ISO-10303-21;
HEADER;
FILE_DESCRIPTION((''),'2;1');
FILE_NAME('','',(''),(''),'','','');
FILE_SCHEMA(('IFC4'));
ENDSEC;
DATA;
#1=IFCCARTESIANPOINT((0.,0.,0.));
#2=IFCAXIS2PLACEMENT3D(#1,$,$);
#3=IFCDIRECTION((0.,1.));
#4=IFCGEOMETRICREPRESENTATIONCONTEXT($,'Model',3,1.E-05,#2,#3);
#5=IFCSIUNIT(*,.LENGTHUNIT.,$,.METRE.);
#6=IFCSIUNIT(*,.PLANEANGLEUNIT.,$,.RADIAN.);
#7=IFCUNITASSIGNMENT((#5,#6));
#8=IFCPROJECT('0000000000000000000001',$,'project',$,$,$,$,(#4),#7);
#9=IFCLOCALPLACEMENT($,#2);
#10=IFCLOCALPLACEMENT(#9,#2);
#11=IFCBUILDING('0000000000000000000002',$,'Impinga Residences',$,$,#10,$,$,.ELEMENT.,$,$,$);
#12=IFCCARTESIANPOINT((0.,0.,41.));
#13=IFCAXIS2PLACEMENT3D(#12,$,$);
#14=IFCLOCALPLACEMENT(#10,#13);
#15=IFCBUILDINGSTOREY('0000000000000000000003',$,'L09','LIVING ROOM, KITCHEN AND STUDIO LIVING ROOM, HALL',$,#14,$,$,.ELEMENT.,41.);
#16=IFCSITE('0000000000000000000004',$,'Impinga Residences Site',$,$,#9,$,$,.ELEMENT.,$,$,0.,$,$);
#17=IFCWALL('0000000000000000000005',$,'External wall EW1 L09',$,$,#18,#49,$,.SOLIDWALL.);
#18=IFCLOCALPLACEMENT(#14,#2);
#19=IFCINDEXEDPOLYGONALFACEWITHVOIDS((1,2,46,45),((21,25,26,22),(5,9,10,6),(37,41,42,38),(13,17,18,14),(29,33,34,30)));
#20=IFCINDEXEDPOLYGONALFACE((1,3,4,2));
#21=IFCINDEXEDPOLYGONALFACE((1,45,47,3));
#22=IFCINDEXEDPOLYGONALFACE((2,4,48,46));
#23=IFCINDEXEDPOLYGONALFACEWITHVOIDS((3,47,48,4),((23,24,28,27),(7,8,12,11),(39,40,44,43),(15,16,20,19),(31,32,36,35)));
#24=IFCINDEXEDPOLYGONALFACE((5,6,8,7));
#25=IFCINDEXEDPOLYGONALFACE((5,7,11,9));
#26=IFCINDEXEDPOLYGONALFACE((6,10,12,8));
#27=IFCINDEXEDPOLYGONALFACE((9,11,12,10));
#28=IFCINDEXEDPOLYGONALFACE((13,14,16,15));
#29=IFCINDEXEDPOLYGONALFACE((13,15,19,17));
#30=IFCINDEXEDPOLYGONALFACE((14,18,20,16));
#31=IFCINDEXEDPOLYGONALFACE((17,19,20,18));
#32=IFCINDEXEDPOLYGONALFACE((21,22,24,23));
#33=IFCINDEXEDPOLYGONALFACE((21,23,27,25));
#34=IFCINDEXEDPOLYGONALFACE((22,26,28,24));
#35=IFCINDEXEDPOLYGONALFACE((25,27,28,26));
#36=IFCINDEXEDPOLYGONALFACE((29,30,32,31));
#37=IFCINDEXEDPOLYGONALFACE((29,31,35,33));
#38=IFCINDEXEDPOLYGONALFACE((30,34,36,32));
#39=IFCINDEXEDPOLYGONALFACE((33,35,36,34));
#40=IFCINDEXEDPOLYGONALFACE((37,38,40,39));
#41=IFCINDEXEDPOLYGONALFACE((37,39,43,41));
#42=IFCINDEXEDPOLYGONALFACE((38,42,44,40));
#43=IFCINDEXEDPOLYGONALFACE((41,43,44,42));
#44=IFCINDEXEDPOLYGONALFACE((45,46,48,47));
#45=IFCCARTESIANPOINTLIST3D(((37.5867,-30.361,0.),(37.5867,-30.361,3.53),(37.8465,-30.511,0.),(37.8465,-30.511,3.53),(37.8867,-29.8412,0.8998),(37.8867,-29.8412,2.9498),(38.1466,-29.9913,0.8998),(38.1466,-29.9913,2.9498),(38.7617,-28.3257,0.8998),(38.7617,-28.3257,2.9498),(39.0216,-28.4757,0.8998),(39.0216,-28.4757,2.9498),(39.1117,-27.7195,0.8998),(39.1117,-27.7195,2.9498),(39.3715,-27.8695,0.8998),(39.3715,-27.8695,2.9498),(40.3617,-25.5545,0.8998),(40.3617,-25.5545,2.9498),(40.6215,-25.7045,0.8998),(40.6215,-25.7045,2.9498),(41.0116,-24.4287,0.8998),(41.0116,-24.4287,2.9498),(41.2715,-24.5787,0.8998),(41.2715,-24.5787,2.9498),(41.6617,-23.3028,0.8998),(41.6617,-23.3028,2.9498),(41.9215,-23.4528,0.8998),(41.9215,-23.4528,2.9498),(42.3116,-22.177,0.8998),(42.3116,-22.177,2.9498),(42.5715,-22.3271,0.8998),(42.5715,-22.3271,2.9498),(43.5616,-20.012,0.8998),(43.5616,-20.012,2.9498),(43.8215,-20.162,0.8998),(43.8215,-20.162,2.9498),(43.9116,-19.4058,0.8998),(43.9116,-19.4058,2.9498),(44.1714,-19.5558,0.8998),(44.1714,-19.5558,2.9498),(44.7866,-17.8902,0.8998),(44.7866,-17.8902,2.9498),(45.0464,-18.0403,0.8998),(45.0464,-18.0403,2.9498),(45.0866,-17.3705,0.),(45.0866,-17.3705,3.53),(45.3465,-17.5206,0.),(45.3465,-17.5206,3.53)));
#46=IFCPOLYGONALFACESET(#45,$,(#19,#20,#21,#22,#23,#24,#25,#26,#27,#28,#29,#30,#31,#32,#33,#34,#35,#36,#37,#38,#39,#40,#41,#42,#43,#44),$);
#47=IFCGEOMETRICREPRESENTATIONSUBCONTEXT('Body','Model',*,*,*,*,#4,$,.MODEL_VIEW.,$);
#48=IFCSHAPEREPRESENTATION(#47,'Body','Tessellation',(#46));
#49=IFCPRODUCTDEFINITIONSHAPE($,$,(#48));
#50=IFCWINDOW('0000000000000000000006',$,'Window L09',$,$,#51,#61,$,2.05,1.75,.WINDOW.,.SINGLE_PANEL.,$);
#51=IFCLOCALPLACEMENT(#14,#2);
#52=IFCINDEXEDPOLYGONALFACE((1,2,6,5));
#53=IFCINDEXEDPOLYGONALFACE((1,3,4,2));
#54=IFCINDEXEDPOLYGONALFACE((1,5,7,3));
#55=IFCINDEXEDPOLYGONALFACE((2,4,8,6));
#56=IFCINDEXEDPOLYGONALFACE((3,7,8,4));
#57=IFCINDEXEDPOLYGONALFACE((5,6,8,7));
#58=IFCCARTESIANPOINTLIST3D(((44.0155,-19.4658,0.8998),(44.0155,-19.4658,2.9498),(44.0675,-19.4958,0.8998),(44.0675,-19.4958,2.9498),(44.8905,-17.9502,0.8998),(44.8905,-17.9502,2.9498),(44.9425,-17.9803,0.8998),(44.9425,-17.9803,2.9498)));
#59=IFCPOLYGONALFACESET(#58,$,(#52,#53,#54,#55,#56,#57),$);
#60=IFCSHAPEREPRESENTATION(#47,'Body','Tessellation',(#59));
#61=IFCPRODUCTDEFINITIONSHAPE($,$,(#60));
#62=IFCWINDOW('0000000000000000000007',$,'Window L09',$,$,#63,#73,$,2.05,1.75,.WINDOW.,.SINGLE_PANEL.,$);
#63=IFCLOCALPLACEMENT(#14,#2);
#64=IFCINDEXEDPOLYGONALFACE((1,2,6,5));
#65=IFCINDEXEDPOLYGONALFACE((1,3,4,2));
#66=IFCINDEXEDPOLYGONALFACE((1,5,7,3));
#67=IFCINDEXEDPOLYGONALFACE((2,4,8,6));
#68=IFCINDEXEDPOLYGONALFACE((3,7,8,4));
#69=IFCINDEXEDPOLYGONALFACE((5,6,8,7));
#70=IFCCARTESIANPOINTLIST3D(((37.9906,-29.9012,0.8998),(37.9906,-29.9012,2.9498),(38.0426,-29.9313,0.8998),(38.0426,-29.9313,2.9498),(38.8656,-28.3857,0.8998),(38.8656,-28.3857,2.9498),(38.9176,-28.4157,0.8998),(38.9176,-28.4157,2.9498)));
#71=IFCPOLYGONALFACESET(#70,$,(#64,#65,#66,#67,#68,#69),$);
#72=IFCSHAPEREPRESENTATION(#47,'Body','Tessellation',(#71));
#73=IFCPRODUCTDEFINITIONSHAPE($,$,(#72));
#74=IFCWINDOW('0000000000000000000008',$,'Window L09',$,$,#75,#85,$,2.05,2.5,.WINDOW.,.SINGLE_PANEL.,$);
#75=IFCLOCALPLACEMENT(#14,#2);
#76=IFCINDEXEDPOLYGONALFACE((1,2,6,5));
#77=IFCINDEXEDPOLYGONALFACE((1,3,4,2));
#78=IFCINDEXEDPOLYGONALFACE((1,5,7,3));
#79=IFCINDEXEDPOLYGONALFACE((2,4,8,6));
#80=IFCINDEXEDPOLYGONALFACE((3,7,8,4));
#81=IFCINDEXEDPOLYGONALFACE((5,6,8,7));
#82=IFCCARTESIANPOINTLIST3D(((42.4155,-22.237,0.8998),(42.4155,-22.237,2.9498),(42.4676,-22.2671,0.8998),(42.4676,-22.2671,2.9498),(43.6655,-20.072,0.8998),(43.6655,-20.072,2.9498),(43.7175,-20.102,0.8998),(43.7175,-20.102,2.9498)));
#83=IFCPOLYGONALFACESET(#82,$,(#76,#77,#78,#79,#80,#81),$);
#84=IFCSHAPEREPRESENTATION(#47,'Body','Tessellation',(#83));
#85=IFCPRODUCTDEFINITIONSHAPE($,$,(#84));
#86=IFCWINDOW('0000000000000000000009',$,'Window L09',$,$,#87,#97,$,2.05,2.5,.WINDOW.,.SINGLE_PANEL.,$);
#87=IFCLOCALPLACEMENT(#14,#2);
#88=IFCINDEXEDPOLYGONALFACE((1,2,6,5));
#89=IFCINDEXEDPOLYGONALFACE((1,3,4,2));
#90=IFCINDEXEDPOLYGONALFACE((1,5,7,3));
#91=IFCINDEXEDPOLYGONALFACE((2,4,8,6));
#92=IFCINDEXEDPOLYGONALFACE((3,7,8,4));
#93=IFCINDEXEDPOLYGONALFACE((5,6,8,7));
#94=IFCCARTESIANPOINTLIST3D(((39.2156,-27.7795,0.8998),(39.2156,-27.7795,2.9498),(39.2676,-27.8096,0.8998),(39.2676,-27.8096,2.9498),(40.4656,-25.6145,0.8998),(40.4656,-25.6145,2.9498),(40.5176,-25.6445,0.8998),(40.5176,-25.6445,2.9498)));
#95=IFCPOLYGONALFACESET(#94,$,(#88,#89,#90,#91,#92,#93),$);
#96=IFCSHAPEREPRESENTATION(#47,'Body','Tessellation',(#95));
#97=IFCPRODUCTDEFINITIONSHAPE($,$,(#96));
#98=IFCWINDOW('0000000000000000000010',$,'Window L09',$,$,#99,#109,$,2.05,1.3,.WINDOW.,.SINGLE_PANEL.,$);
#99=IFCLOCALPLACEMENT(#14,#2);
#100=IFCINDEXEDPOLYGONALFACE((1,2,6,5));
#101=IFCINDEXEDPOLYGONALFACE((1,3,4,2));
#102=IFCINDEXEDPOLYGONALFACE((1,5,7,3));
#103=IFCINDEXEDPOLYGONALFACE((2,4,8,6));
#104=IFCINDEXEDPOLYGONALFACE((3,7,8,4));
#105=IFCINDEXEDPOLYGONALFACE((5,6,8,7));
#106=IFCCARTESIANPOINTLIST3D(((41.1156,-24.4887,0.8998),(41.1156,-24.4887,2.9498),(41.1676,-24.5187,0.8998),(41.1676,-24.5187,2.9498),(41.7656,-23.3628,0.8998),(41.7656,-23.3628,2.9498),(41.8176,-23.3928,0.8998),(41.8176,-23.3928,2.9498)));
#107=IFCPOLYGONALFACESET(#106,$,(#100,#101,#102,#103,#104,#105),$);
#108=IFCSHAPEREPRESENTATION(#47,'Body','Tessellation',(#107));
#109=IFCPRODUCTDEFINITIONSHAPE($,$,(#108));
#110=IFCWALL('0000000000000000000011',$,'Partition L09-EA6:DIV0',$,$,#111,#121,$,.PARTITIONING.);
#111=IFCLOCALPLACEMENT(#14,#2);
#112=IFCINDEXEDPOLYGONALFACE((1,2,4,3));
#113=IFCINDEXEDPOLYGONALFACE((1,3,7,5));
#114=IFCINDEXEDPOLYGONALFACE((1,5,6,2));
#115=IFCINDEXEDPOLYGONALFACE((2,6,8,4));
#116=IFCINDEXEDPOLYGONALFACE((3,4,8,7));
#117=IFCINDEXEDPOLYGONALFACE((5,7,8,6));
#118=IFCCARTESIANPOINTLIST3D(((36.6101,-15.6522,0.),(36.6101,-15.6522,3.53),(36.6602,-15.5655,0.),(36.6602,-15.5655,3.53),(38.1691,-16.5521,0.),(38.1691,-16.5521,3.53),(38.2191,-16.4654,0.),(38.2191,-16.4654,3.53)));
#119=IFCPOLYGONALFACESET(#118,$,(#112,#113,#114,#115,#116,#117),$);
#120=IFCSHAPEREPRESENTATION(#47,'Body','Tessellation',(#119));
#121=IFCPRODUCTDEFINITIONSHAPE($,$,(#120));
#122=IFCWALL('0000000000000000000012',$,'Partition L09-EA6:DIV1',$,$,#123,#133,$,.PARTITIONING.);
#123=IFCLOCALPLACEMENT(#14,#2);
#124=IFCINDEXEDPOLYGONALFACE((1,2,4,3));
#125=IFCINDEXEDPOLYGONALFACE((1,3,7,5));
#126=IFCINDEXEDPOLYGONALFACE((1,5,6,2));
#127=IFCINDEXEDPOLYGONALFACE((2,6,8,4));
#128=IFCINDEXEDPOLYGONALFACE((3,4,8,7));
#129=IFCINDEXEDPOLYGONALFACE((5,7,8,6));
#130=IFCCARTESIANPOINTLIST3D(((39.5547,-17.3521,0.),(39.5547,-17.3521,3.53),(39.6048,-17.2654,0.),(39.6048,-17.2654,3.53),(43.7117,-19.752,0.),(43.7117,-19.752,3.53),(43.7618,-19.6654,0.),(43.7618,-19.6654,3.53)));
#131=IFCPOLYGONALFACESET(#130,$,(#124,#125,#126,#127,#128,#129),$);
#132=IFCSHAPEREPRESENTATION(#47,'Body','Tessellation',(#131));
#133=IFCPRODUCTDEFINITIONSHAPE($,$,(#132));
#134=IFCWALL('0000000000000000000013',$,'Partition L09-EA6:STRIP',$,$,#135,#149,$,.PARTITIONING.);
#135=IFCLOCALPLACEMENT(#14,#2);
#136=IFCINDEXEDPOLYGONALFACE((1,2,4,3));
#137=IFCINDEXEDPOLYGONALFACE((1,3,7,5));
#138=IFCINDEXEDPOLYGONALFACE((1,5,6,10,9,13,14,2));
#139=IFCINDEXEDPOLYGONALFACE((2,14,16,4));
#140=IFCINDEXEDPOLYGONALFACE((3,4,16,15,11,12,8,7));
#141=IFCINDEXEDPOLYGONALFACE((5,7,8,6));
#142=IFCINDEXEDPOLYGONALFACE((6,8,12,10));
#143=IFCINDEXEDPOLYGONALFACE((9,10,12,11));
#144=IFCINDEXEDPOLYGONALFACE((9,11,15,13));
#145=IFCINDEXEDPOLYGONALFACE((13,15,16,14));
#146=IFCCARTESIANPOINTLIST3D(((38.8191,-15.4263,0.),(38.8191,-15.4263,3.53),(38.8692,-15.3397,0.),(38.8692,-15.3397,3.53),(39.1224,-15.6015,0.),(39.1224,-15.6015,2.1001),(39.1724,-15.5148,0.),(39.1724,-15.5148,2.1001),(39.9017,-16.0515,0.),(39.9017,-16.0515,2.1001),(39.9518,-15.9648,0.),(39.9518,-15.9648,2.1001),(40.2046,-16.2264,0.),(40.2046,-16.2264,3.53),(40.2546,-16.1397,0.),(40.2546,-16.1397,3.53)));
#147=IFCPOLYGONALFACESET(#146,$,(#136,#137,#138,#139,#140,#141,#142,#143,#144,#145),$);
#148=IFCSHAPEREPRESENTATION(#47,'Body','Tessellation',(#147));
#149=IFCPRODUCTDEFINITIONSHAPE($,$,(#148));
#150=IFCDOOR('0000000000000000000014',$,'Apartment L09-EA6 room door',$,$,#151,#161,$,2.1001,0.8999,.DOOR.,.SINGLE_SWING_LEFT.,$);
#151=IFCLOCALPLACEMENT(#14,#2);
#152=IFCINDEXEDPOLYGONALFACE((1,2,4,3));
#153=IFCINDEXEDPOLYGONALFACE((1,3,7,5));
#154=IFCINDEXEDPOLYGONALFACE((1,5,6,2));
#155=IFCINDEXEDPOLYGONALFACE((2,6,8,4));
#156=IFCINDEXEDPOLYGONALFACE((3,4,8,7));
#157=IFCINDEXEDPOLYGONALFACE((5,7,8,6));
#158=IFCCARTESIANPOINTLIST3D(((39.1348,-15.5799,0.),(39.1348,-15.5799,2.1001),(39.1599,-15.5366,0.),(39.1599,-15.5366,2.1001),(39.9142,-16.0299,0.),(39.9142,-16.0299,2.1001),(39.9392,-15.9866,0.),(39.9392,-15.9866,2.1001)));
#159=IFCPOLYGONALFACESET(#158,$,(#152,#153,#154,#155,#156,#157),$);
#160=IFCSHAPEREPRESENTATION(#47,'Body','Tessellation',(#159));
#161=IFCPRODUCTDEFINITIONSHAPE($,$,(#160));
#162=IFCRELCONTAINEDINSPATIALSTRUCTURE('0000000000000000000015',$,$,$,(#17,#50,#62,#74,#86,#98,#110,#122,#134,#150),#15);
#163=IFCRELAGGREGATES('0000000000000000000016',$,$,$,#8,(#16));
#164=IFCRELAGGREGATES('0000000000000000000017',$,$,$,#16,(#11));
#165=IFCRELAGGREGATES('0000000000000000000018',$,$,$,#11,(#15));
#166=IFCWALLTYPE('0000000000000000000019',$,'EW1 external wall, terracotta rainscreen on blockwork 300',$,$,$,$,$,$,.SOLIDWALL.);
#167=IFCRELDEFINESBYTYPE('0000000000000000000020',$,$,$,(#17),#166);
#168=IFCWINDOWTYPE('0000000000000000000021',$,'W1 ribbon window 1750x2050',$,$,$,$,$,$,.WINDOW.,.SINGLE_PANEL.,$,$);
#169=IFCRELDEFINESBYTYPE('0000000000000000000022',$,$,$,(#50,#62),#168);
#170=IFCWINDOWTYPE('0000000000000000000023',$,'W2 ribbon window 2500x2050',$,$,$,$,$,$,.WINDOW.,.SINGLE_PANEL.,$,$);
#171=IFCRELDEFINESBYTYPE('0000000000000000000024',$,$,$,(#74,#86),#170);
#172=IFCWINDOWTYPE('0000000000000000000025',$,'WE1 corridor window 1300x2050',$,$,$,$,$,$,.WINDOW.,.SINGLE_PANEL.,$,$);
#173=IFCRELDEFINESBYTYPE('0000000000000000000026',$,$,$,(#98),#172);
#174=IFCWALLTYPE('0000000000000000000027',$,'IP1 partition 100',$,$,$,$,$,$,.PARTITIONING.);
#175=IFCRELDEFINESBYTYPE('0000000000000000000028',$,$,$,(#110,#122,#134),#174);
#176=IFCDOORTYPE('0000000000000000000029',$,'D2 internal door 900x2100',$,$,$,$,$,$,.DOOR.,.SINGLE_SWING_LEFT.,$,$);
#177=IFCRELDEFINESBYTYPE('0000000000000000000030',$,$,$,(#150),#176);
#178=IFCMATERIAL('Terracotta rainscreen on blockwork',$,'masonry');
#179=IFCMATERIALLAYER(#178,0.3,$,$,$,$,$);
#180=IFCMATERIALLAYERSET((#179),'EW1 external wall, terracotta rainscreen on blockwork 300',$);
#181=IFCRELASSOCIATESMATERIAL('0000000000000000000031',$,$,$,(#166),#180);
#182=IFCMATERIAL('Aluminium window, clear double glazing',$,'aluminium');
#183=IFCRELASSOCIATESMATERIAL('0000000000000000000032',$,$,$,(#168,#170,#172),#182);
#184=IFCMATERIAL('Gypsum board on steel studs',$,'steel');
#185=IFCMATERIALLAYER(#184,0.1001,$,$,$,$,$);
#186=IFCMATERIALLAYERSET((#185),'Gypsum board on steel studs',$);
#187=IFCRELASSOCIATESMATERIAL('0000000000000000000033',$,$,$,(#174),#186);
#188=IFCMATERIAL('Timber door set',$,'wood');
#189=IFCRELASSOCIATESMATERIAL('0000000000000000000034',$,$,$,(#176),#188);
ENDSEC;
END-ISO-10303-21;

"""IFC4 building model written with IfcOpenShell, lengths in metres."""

from ifc_helpers import new_model, si_unit, direction, frame, frame_2d, origin, place, context, subcontext, project, spatial, rectangle, extrude, material, layer, layer_set, type_object, element, fill, save


model = new_model("IFC4")

# Units and contexts
model_context = context("Model", 3, precision=1e-05, world=origin(), true_north=direction((0.0, 1.0)))
body_context = subcontext(model_context, "Body", "Model", "MODEL_VIEW")
ifc_project = project(units=[si_unit("LENGTHUNIT", "METRE"), si_unit("PLANEANGLEUNIT", "RADIAN")], contexts=[model_context])

# Site, building, storey
site_placement = place(None, origin())
site = spatial("IfcSite", under=ifc_project, at=site_placement, Name="Impinga Residences Site", CompositionType="ELEMENT", RefElevation=0.0)
building_placement = place(site_placement, origin())
building = spatial("IfcBuilding", under=site, at=building_placement, Name="Impinga Residences", CompositionType="ELEMENT")
storey_placement = place(building_placement, frame((0.0, 0.0, 41.0)))
storey = spatial("IfcBuildingStorey", under=building, at=storey_placement, Name="L09", Description="LIVING ROOM, KITCHEN AND STUDIO LIVING ROOM, HALL", CompositionType="ELEMENT", Elevation=41.0)

# Shared definitions
ifc_material_1 = material(Name="Terracotta rainscreen on blockwork", Category="masonry")
ifc_layer_1 = layer(ifc_material_1, 0.3)
ifc_layer_set_1 = layer_set([ifc_layer_1], Name="EW1 external wall, terracotta rainscreen on blockwork 300")
wall_type_1 = type_object("IfcWallType", Name="EW1 external wall, terracotta rainscreen on blockwork 300", PredefinedType="SOLIDWALL", material=ifc_layer_set_1)

# Wall, openings, windows
wall_1_placement = place(storey_placement, frame((45.2166, -17.4456, 0.0), z_axis=(0.0, 0.0, 1.0), x_axis=(-0.499997, -0.866027, 0.0)))
wall_1 = element("IfcWall", 1, at=wall_1_placement, inside=storey, type_object=wall_type_1, Name="External wall EW1 L09", PredefinedType="SOLIDWALL", context=body_context, shape_type="SweptSolid", body=[
    extrude(rectangle(XDim=15.0, YDim=0.3, at=frame_2d((7.5, 0.0))), origin(), (0.0, 0.0, 1.0), 3.53),
])
opening_1_placement = place(wall_1_placement, frame((0.6001, 0.0, 0.8999)))
opening_1 = element("IfcOpeningElement", 2, at=opening_1_placement, cuts=wall_1, PredefinedType="OPENING", context=body_context, shape_type="SweptSolid", body=[
    extrude(rectangle(XDim=1.75, YDim=2.05, at=frame_2d((0.875, 1.0249))), frame((0.0, 0.1599, 0.0), z_axis=(0.0, -1.0, 0.0), x_axis=(1.0, 0.0, 0.0)), (0.0, 0.0, 1.0), 0.3201),
])
opening_2_placement = place(wall_1_placement, frame((3.05, 0.0, 0.8999)))
opening_2 = element("IfcOpeningElement", 3, at=opening_2_placement, cuts=wall_1, PredefinedType="OPENING", context=body_context, shape_type="SweptSolid", body=[
    extrude(rectangle(XDim=2.5, YDim=2.05, at=frame_2d((1.25, 1.0249))), frame((0.0, 0.1599, 0.0), z_axis=(0.0, -1.0, 0.0), x_axis=(1.0, 0.0, 0.0)), (0.0, 0.0, 1.0), 0.3201),
])
opening_3_placement = place(wall_1_placement, frame((6.8501, 0.0, 0.8999)))
opening_3 = element("IfcOpeningElement", 4, at=opening_3_placement, cuts=wall_1, PredefinedType="OPENING", context=body_context, shape_type="SweptSolid", body=[
    extrude(rectangle(XDim=1.3, YDim=2.05, at=frame_2d((0.6499, 1.0249))), frame((0.0, 0.1599, 0.0), z_axis=(0.0, -1.0, 0.0), x_axis=(1.0, 0.0, 0.0)), (0.0, 0.0, 1.0), 0.3201),
])
opening_4_placement = place(wall_1_placement, frame((9.45, 0.0, 0.8999)))
opening_4 = element("IfcOpeningElement", 5, at=opening_4_placement, cuts=wall_1, PredefinedType="OPENING", context=body_context, shape_type="SweptSolid", body=[
    extrude(rectangle(XDim=2.5, YDim=2.05, at=frame_2d((1.25, 1.0249))), frame((0.0, 0.1599, 0.0), z_axis=(0.0, -1.0, 0.0), x_axis=(1.0, 0.0, 0.0)), (0.0, 0.0, 1.0), 0.3201),
])
opening_5_placement = place(wall_1_placement, frame((12.6499, 0.0, 0.8999)))
opening_5 = element("IfcOpeningElement", 6, at=opening_5_placement, cuts=wall_1, PredefinedType="OPENING", context=body_context, shape_type="SweptSolid", body=[
    extrude(rectangle(XDim=1.75, YDim=2.05, at=frame_2d((0.875, 1.0249))), frame((0.0, 0.1599, 0.0), z_axis=(0.0, -1.0, 0.0), x_axis=(1.0, 0.0, 0.0)), (0.0, 0.0, 1.0), 0.3201),
])
ifc_material_2 = material(Name="Aluminium window, clear double glazing", Category="aluminium")
window_type_1 = type_object("IfcWindowType", Name="W1 ribbon window 1750x2050", PartitioningType="SINGLE_PANEL", PredefinedType="WINDOW", material=ifc_material_2)
window_1_placement = place(opening_1_placement, origin())
window_1 = element("IfcWindow", 7, at=window_1_placement, inside=storey, type_object=window_type_1, Name="Window L09", OverallHeight=2.05, OverallWidth=1.75, PartitioningType="SINGLE_PANEL", PredefinedType="WINDOW", context=body_context, shape_type="SweptSolid", body=[
    extrude(rectangle(XDim=1.75, YDim=2.05, at=frame_2d((0.875, 1.0249))), frame((0.0, 0.03, 0.0), z_axis=(0.0, -1.0, 0.0), x_axis=(1.0, 0.0, 0.0)), (0.0, 0.0, 1.0), 0.0601),
])
fill(opening_1, window_1)
window_2_placement = place(opening_5_placement, origin())
window_2 = element("IfcWindow", 8, at=window_2_placement, inside=storey, type_object=window_type_1, Name="Window L09", OverallHeight=2.05, OverallWidth=1.75, PartitioningType="SINGLE_PANEL", PredefinedType="WINDOW", context=body_context, shape_type="SweptSolid", body=[
    extrude(rectangle(XDim=1.75, YDim=2.05, at=frame_2d((0.875, 1.0249))), frame((0.0, 0.03, 0.0), z_axis=(0.0, -1.0, 0.0), x_axis=(1.0, 0.0, 0.0)), (0.0, 0.0, 1.0), 0.0601),
])
fill(opening_5, window_2)
window_type_2 = type_object("IfcWindowType", Name="W2 ribbon window 2500x2050", PartitioningType="SINGLE_PANEL", PredefinedType="WINDOW", material=ifc_material_2)
window_3_placement = place(opening_2_placement, origin())
window_3 = element("IfcWindow", 9, at=window_3_placement, inside=storey, type_object=window_type_2, Name="Window L09", OverallHeight=2.05, OverallWidth=2.5, PartitioningType="SINGLE_PANEL", PredefinedType="WINDOW", context=body_context, shape_type="SweptSolid", body=[
    extrude(rectangle(XDim=2.5, YDim=2.05, at=frame_2d((1.25, 1.0249))), frame((0.0, 0.03, 0.0), z_axis=(0.0, -1.0, 0.0), x_axis=(1.0, 0.0, 0.0)), (0.0, 0.0, 1.0), 0.0601),
])
fill(opening_2, window_3)
window_4_placement = place(opening_4_placement, origin())
window_4 = element("IfcWindow", 10, at=window_4_placement, inside=storey, type_object=window_type_2, Name="Window L09", OverallHeight=2.05, OverallWidth=2.5, PartitioningType="SINGLE_PANEL", PredefinedType="WINDOW", context=body_context, shape_type="SweptSolid", body=[
    extrude(rectangle(XDim=2.5, YDim=2.05, at=frame_2d((1.25, 1.0249))), frame((0.0, 0.03, 0.0), z_axis=(0.0, -1.0, 0.0), x_axis=(1.0, 0.0, 0.0)), (0.0, 0.0, 1.0), 0.0601),
])
fill(opening_4, window_4)
window_type_3 = type_object("IfcWindowType", Name="WE1 corridor window 1300x2050", PartitioningType="SINGLE_PANEL", PredefinedType="WINDOW", material=ifc_material_2)
window_5_placement = place(opening_3_placement, origin())
window_5 = element("IfcWindow", 11, at=window_5_placement, inside=storey, type_object=window_type_3, Name="Window L09", OverallHeight=2.05, OverallWidth=1.3, PartitioningType="SINGLE_PANEL", PredefinedType="WINDOW", context=body_context, shape_type="SweptSolid", body=[
    extrude(rectangle(XDim=1.3, YDim=2.05, at=frame_2d((0.6499, 1.0249))), frame((0.0, 0.03, 0.0), z_axis=(0.0, -1.0, 0.0), x_axis=(1.0, 0.0, 0.0)), (0.0, 0.0, 1.0), 0.0601),
])
fill(opening_3, window_5)

# Walls
ifc_material_3 = material(Name="Gypsum board on steel studs", Category="steel")
ifc_layer_2 = layer(ifc_material_3, 0.1001)
ifc_layer_set_2 = layer_set([ifc_layer_2], Name="Gypsum board on steel studs")
wall_type_2 = type_object("IfcWallType", Name="IP1 partition 100", PredefinedType="PARTITIONING", material=ifc_layer_set_2)
wall_2_placement = place(storey_placement, frame((36.6353, -15.6089, 0.0), z_axis=(0.0, 0.0, 1.0), x_axis=(0.866048, -0.499961, 0.0)))
element("IfcWall", 12, at=wall_2_placement, inside=storey, type_object=wall_type_2, Name="Partition L09-EA6:DIV0", PredefinedType="PARTITIONING", context=body_context, shape_type="SweptSolid", body=[
    extrude(rectangle(XDim=1.8, YDim=0.1001, at=frame_2d((0.8999, 0.0))), origin(), (0.0, 0.0, 1.0), 3.53),
])
wall_3_placement = place(storey_placement, frame((39.5798, -17.3088, 0.0), z_axis=(0.0, 0.0, 1.0), x_axis=(0.866037, -0.499979, 0.0)))
element("IfcWall", 13, at=wall_3_placement, inside=storey, type_object=wall_type_2, Name="Partition L09-EA6:DIV1", PredefinedType="PARTITIONING", context=body_context, shape_type="SweptSolid", body=[
    extrude(rectangle(XDim=4.8, YDim=0.1001, at=frame_2d((2.3999, 0.0))), origin(), (0.0, 0.0, 1.0), 3.53),
])

# Wall, opening, door
wall_4_placement = place(storey_placement, frame((38.8442, -15.3831, 0.0), z_axis=(0.0, 0.0, 1.0), x_axis=(0.86599, -0.500061, 0.0)))
wall_4 = element("IfcWall", 14, at=wall_4_placement, inside=storey, type_object=wall_type_2, Name="Partition L09-EA6:STRIP", PredefinedType="PARTITIONING", context=body_context, shape_type="SweptSolid", body=[
    extrude(rectangle(XDim=1.5999, YDim=0.1001, at=frame_2d((0.7998, 0.0))), origin(), (0.0, 0.0, 1.0), 3.53),
])
opening_6_placement = place(wall_4_placement, frame((0.3501, 0.0, 0.0)))
opening_6 = element("IfcOpeningElement", 15, at=opening_6_placement, cuts=wall_4, PredefinedType="OPENING", context=body_context, shape_type="SweptSolid", body=[
    extrude(rectangle(XDim=0.8999, YDim=2.1001, at=frame_2d((0.45, 1.05))), frame((0.0, 0.0601, 0.0), z_axis=(0.0, -1.0, 0.0), x_axis=(1.0, 0.0, 0.0)), (0.0, 0.0, 1.0), 0.1201),
])
ifc_material_4 = material(Name="Timber door set", Category="wood")
door_type = type_object("IfcDoorType", Name="D2 internal door 900x2100", OperationType="SINGLE_SWING_LEFT", PredefinedType="DOOR", material=ifc_material_4)
door_placement = place(opening_6_placement, origin())
door = element("IfcDoor", 16, at=door_placement, inside=storey, type_object=door_type, Name="Apartment L09-EA6 room door", OperationType="SINGLE_SWING_LEFT", OverallHeight=2.1001, OverallWidth=0.8999, PredefinedType="DOOR", context=body_context, shape_type="SweptSolid", body=[
    extrude(rectangle(XDim=0.8999, YDim=2.1001, at=frame_2d((0.45, 1.05))), frame((0.0, 0.0249, 0.0), z_axis=(0.0, -1.0, 0.0), x_axis=(1.0, 0.0, 0.0)), (0.0, 0.0, 1.0), 0.05),
])
fill(opening_6, door)

save(model, "model.ifc")
